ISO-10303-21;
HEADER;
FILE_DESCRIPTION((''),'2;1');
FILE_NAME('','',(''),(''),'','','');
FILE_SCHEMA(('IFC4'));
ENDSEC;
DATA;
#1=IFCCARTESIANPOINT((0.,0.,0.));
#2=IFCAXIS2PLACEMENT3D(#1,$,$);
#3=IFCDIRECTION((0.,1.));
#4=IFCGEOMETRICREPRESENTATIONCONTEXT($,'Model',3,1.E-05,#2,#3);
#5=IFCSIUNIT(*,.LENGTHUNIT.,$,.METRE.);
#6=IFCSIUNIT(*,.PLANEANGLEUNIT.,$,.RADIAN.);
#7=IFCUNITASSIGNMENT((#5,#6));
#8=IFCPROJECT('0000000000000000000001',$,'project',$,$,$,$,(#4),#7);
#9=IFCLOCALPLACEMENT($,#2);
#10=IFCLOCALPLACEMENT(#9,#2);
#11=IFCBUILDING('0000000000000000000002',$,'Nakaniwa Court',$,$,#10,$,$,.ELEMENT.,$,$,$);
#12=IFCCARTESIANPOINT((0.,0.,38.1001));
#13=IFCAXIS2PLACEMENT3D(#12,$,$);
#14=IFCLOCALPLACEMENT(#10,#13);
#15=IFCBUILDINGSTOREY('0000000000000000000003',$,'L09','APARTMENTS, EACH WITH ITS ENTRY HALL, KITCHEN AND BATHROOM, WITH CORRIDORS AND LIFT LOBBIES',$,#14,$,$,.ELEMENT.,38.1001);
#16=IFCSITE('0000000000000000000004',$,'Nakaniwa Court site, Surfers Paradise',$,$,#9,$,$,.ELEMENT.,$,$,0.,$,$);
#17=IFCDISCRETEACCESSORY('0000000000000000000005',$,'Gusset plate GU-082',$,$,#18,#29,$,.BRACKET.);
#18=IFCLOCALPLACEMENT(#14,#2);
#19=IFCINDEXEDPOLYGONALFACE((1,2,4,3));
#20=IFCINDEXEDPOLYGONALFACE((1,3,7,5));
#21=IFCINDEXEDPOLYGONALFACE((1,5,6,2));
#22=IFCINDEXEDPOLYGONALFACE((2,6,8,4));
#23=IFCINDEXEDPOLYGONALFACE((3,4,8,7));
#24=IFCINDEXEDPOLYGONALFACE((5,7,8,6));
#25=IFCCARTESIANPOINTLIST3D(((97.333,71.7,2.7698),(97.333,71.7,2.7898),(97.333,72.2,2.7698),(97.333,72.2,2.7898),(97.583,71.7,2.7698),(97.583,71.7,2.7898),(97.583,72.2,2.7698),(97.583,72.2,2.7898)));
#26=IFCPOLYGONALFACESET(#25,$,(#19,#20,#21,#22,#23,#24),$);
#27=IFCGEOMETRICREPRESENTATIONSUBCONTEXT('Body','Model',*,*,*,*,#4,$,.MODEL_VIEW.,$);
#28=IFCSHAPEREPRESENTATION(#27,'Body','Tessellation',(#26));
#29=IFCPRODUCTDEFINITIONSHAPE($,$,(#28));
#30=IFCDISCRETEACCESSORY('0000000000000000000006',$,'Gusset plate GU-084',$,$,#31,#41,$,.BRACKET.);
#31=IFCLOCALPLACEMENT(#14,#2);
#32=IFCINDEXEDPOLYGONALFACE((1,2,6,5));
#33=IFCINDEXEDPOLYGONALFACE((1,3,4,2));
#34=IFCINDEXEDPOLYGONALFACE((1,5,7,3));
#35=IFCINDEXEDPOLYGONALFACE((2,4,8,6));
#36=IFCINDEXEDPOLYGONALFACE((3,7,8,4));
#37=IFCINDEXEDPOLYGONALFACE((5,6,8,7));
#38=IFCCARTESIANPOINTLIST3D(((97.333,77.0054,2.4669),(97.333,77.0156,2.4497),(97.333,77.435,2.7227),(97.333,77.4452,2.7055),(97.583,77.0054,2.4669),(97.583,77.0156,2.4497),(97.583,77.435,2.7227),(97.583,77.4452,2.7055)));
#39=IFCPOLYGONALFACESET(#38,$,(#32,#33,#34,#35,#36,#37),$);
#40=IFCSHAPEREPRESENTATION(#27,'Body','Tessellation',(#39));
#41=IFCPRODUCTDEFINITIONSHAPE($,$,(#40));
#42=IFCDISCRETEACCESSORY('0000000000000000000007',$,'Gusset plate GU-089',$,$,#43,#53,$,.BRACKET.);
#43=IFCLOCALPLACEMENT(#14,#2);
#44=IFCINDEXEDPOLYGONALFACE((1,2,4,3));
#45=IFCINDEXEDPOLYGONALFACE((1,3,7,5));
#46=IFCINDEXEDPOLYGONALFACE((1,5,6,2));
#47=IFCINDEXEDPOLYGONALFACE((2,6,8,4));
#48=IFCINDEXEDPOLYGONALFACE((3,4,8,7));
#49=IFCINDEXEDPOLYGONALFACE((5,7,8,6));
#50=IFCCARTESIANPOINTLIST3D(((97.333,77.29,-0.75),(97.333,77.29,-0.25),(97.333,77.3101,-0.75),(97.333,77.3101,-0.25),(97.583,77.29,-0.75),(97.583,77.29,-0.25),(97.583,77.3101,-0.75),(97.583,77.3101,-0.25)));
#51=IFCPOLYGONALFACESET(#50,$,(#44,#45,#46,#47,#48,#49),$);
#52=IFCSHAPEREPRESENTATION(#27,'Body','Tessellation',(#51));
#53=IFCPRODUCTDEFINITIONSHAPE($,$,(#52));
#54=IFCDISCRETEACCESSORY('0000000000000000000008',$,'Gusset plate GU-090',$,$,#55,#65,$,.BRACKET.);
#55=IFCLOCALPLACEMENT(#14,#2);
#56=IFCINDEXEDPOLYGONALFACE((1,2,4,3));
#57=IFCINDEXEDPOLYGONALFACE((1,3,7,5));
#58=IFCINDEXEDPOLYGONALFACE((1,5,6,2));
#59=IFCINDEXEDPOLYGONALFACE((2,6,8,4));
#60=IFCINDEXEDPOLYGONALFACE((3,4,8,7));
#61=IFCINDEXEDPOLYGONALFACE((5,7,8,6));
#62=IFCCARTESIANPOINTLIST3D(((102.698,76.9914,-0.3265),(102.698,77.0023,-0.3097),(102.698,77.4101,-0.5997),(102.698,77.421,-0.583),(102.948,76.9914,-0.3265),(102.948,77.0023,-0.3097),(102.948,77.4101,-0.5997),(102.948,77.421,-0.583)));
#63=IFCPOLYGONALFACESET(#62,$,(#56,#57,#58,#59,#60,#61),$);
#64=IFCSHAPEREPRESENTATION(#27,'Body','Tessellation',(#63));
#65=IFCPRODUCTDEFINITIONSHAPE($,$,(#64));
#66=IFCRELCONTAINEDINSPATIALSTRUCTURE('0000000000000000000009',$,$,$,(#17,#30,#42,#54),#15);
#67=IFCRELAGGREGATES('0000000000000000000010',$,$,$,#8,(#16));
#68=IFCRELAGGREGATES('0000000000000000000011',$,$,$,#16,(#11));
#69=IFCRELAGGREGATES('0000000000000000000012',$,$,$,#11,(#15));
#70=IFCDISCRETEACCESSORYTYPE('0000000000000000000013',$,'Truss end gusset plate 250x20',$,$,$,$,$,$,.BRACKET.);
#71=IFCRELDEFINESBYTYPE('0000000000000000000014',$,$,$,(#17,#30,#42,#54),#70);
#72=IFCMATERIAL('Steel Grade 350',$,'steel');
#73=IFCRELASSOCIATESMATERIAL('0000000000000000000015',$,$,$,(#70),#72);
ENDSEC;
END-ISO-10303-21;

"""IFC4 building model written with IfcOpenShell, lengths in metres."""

from ifc_helpers import new_model, si_unit, direction, frame, origin, origin_2d, place, context, subcontext, project, spatial, rectangle, extrude, material, material_profile, profile_set, type_object, element, save


model = new_model("IFC4")

# Units and contexts
model_context = context("Model", 3, precision=1e-05, world=origin(), true_north=direction((0.0, 1.0)))
body_context = subcontext(model_context, "Body", "Model", "MODEL_VIEW")
ifc_project = project(units=[si_unit("LENGTHUNIT", "METRE"), si_unit("PLANEANGLEUNIT", "RADIAN")], contexts=[model_context])

# Site, building, storey
site_placement = place(None, origin())
site = spatial("IfcSite", under=ifc_project, at=site_placement, Name="Nakaniwa Court site, Surfers Paradise", CompositionType="ELEMENT", RefElevation=0.0)
building_placement = place(site_placement, origin())
building = spatial("IfcBuilding", under=site, at=building_placement, Name="Nakaniwa Court", CompositionType="ELEMENT")
storey_placement = place(building_placement, frame((0.0, 0.0, 38.1001)))
storey = spatial("IfcBuildingStorey", under=building, at=storey_placement, Name="L09", Description="APARTMENTS, EACH WITH ITS ENTRY HALL, KITCHEN AND BATHROOM, WITH CORRIDORS AND LIFT LOBBIES", CompositionType="ELEMENT", Elevation=38.1001)

# Shared definitions
ifc_material_1 = material(Name="Steel Grade 350", Category="steel")

# Discrete accessories
ifc_material_profile_1 = material_profile(ifc_material_1, rectangle(XDim=0.25, YDim=0.02, at=origin_2d()), Name="Truss end gusset plate 250x20")
ifc_profile_set_1 = profile_set([ifc_material_profile_1], Name="Steel Grade 350")
discrete_accessory_type = type_object("IfcDiscreteAccessoryType", Name="Truss end gusset plate 250x20", PredefinedType="BRACKET", material=ifc_profile_set_1)
for number, where, z_axis, x_axis, name in (
    (1, (97.458, 72.2, 2.7798), (0.0, -1.0, 0.0), (1.0, 0.0, 0.0), "Gusset plate GU-082"),
    (2, (97.458, 77.0105, 2.4583), (0.0, 0.859211, 0.511621), (-1.0, 0.0, 0.0), "Gusset plate GU-084"),
    (3, (97.458, 77.3, -0.25), (0.0, 0.0, -1.0), (1.0, 0.0, 0.0), "Gusset plate GU-089"),
    (4, (102.823, 76.9968, -0.3181), (0.0, 0.837494, -0.546447), (-1.0, 0.0, 0.0), "Gusset plate GU-090"),
):
    element("IfcDiscreteAccessory", number, at=place(storey_placement, frame(where, z_axis=z_axis, x_axis=x_axis)), inside=storey, type_object=discrete_accessory_type, Name=name, PredefinedType="BRACKET", context=body_context, shape_type="SweptSolid", body=[
        extrude(rectangle(XDim=0.25, YDim=0.02, at=origin_2d()), origin(), (0.0, 0.0, 1.0), 0.5),
    ])

save(model, "model.ifc")
